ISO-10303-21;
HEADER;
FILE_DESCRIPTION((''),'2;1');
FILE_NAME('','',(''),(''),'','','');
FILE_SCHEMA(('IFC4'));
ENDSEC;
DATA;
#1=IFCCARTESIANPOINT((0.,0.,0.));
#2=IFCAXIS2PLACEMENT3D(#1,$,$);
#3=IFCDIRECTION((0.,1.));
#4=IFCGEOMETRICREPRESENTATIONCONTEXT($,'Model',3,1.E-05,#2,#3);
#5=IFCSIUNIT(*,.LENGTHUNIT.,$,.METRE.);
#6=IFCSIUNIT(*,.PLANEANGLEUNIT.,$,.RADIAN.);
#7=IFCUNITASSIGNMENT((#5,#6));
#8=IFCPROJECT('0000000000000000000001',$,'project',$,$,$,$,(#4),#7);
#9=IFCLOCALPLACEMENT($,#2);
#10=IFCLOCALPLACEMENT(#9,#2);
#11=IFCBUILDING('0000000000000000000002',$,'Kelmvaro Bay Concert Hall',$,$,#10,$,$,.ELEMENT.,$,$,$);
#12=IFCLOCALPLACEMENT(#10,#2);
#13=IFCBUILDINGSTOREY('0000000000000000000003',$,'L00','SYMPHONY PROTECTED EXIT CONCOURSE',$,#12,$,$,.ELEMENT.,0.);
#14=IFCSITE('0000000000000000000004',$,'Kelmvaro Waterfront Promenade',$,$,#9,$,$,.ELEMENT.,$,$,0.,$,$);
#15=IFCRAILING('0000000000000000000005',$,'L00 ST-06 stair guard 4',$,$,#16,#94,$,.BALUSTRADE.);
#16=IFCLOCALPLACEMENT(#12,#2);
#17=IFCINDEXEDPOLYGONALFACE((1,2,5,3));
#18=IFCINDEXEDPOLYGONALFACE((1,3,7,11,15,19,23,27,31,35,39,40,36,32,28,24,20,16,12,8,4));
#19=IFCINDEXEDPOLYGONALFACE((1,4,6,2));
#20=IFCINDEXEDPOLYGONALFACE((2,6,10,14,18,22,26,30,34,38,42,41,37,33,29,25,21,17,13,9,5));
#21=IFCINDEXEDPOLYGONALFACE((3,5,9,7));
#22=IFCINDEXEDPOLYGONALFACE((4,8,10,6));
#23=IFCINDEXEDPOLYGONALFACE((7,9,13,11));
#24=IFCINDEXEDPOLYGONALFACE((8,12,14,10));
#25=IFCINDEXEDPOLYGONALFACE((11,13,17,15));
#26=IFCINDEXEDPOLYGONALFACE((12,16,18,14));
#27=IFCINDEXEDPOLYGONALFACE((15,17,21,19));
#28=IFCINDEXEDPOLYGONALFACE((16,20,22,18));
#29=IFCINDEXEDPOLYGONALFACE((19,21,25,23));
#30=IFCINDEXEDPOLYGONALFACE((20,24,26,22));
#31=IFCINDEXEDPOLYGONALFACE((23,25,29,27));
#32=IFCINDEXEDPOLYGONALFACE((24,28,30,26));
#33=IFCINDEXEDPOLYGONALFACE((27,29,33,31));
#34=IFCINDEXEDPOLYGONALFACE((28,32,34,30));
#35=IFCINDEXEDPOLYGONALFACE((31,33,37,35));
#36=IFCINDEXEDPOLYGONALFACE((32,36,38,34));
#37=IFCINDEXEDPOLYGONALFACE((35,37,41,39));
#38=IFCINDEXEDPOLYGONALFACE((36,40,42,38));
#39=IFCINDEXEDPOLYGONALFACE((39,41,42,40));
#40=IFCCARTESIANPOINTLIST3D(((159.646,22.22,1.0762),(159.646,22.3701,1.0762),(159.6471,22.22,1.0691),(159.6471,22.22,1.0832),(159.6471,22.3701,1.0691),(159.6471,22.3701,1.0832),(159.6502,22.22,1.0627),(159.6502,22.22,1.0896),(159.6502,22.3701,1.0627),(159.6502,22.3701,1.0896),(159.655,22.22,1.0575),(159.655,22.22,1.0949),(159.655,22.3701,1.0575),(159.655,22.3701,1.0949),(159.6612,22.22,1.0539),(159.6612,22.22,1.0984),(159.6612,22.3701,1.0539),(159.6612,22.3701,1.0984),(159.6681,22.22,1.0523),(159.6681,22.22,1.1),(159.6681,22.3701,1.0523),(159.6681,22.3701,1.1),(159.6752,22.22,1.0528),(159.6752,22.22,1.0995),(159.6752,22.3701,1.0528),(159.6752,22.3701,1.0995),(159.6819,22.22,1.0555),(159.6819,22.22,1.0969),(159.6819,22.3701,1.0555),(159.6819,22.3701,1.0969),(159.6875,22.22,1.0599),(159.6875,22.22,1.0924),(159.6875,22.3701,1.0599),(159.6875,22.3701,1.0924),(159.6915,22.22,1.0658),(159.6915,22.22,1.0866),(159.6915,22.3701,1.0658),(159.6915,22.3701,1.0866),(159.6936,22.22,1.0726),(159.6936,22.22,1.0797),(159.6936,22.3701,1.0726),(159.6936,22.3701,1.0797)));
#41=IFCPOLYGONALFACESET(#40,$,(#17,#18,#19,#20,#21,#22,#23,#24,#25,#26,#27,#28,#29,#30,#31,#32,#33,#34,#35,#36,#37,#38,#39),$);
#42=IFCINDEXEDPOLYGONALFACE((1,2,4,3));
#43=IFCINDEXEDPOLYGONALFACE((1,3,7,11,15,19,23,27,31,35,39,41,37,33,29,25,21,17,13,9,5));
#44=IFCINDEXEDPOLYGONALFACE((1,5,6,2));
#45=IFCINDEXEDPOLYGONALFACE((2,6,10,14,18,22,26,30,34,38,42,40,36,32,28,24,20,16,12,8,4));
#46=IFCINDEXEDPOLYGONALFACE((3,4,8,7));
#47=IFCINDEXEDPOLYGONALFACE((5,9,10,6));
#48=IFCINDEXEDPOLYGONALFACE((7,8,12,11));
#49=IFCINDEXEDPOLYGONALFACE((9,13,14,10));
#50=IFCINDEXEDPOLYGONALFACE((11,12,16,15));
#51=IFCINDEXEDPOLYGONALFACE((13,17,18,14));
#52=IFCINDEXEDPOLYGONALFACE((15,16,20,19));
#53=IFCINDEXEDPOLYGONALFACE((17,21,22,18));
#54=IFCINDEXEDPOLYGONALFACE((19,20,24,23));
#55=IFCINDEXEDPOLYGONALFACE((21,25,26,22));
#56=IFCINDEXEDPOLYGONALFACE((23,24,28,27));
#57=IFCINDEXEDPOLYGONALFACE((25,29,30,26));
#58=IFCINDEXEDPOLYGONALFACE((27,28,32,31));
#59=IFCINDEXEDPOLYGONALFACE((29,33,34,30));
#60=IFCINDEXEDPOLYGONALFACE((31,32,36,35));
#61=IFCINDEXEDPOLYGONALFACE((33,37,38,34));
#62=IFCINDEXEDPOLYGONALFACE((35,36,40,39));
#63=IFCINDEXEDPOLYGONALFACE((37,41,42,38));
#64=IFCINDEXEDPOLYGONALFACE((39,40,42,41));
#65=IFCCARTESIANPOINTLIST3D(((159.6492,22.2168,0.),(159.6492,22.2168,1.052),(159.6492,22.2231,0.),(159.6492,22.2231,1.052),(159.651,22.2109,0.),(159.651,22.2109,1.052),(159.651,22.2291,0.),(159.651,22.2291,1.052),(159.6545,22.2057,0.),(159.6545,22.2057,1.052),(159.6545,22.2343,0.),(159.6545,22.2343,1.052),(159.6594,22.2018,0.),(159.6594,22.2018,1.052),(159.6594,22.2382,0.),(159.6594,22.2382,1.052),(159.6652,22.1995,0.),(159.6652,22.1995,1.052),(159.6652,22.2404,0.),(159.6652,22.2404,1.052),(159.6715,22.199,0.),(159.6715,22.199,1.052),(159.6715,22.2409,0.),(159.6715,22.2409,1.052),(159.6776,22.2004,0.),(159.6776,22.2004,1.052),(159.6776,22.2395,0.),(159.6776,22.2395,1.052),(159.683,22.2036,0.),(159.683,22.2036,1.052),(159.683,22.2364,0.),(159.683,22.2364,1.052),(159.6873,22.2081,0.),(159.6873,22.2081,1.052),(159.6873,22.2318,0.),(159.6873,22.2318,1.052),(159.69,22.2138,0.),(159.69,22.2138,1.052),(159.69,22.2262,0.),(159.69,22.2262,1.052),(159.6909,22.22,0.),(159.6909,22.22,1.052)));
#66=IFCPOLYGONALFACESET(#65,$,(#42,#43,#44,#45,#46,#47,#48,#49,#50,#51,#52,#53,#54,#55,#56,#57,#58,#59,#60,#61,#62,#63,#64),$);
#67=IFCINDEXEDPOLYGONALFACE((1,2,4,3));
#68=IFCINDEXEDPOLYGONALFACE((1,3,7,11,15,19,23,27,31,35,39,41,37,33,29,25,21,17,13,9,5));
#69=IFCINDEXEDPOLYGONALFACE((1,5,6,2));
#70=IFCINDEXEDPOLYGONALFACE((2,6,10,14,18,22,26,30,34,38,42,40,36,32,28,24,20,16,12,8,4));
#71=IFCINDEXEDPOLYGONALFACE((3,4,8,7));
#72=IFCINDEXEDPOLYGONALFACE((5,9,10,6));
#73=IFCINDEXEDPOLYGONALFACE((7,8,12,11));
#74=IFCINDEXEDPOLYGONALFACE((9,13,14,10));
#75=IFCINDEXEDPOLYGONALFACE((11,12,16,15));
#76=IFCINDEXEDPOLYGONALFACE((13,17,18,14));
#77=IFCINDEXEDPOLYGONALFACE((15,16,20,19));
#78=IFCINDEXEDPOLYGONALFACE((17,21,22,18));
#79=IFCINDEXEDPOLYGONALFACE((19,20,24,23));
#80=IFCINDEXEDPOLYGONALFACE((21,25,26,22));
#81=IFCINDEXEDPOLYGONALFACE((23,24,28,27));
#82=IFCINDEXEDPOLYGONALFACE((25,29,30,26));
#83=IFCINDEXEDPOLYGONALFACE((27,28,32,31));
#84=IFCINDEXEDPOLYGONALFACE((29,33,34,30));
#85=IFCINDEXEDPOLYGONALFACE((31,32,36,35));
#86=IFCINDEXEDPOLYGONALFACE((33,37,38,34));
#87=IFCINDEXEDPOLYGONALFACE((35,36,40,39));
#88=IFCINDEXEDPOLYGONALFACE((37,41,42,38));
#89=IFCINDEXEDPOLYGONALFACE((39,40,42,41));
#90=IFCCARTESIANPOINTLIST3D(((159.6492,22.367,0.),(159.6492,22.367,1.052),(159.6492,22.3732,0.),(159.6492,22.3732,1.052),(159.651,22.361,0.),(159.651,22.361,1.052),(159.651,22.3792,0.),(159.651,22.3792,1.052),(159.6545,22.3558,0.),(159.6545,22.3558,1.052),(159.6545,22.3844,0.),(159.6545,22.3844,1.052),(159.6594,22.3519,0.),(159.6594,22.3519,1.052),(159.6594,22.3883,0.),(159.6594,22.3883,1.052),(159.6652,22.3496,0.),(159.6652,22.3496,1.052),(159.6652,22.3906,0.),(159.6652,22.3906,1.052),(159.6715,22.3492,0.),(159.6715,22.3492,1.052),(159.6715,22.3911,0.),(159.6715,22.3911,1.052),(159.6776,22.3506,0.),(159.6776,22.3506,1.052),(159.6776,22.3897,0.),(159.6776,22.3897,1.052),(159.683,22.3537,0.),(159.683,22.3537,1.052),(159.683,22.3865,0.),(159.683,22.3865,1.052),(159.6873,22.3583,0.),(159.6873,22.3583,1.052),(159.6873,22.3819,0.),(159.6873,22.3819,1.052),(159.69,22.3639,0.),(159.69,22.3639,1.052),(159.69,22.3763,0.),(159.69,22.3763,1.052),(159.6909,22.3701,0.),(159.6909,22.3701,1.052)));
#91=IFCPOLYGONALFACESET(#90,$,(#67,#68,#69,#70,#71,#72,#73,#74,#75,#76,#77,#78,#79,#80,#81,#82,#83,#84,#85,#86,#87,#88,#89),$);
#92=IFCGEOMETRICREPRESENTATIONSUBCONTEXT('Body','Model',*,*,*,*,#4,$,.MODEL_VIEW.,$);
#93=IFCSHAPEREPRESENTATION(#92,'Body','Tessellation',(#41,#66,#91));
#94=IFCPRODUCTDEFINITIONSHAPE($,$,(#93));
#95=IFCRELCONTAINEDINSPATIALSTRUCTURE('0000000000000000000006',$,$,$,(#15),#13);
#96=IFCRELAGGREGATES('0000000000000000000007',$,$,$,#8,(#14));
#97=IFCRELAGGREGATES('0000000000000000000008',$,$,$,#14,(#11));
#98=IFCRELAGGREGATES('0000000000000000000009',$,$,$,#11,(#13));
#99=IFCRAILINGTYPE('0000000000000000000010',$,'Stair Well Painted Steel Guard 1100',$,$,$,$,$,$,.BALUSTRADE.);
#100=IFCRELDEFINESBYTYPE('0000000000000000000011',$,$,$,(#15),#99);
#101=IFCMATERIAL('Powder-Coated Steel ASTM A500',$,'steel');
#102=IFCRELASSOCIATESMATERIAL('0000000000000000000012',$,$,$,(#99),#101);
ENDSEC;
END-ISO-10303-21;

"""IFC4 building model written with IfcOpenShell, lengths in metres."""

from ifc_helpers import new_model, si_unit, direction, frame, origin, origin_2d, place, context, subcontext, project, spatial, circle, extrude, material, type_object, element, save


model = new_model("IFC4")

# Units and contexts
model_context = context("Model", 3, precision=1e-05, world=origin(), true_north=direction((0.0, 1.0)))
body_context = subcontext(model_context, "Body", "Model", "MODEL_VIEW")
ifc_project = project(units=[si_unit("LENGTHUNIT", "METRE"), si_unit("PLANEANGLEUNIT", "RADIAN")], contexts=[model_context])

# Site, building, storey
site_placement = place(None, origin())
site = spatial("IfcSite", under=ifc_project, at=site_placement, Name="Kelmvaro Waterfront Promenade", CompositionType="ELEMENT", RefElevation=0.0)
building_placement = place(site_placement, origin())
building = spatial("IfcBuilding", under=site, at=building_placement, Name="Kelmvaro Bay Concert Hall", CompositionType="ELEMENT")
storey_placement = place(building_placement, origin())
storey = spatial("IfcBuildingStorey", under=building, at=storey_placement, Name="L00", Description="SYMPHONY PROTECTED EXIT CONCOURSE", CompositionType="ELEMENT", Elevation=0.0)

# Railing
ifc_material_1 = material(Name="Powder-Coated Steel ASTM A500", Category="steel")
railing_type_1 = type_object("IfcRailingType", Name="Stair Well Painted Steel Guard 1100", PredefinedType="BALUSTRADE", material=ifc_material_1)
railing_1_placement = place(storey_placement, frame((159.6699, 22.22, 0.0)))
element("IfcRailing", 1, at=railing_1_placement, inside=storey, type_object=railing_type_1, Name="L00 ST-06 stair guard 4", PredefinedType="BALUSTRADE", context=body_context, shape_type="SweptSolid", body=[
    extrude(circle(Radius=0.0239, at=origin_2d()), frame((0.0, 0.0, 1.0762), z_axis=(0.0, 1.0, 0.0), x_axis=(-1.0, 0.0, 0.0)), (0.0, 0.0, 1.0), 0.1501),
    extrude(circle(Radius=0.021, at=origin_2d()), origin(), (0.0, 0.0, 1.0), 1.052),
    extrude(circle(Radius=0.021, at=origin_2d()), frame((0.0, 0.1501, 0.0)), (0.0, 0.0, 1.0), 1.052),
])

save(model, "model.ifc")
